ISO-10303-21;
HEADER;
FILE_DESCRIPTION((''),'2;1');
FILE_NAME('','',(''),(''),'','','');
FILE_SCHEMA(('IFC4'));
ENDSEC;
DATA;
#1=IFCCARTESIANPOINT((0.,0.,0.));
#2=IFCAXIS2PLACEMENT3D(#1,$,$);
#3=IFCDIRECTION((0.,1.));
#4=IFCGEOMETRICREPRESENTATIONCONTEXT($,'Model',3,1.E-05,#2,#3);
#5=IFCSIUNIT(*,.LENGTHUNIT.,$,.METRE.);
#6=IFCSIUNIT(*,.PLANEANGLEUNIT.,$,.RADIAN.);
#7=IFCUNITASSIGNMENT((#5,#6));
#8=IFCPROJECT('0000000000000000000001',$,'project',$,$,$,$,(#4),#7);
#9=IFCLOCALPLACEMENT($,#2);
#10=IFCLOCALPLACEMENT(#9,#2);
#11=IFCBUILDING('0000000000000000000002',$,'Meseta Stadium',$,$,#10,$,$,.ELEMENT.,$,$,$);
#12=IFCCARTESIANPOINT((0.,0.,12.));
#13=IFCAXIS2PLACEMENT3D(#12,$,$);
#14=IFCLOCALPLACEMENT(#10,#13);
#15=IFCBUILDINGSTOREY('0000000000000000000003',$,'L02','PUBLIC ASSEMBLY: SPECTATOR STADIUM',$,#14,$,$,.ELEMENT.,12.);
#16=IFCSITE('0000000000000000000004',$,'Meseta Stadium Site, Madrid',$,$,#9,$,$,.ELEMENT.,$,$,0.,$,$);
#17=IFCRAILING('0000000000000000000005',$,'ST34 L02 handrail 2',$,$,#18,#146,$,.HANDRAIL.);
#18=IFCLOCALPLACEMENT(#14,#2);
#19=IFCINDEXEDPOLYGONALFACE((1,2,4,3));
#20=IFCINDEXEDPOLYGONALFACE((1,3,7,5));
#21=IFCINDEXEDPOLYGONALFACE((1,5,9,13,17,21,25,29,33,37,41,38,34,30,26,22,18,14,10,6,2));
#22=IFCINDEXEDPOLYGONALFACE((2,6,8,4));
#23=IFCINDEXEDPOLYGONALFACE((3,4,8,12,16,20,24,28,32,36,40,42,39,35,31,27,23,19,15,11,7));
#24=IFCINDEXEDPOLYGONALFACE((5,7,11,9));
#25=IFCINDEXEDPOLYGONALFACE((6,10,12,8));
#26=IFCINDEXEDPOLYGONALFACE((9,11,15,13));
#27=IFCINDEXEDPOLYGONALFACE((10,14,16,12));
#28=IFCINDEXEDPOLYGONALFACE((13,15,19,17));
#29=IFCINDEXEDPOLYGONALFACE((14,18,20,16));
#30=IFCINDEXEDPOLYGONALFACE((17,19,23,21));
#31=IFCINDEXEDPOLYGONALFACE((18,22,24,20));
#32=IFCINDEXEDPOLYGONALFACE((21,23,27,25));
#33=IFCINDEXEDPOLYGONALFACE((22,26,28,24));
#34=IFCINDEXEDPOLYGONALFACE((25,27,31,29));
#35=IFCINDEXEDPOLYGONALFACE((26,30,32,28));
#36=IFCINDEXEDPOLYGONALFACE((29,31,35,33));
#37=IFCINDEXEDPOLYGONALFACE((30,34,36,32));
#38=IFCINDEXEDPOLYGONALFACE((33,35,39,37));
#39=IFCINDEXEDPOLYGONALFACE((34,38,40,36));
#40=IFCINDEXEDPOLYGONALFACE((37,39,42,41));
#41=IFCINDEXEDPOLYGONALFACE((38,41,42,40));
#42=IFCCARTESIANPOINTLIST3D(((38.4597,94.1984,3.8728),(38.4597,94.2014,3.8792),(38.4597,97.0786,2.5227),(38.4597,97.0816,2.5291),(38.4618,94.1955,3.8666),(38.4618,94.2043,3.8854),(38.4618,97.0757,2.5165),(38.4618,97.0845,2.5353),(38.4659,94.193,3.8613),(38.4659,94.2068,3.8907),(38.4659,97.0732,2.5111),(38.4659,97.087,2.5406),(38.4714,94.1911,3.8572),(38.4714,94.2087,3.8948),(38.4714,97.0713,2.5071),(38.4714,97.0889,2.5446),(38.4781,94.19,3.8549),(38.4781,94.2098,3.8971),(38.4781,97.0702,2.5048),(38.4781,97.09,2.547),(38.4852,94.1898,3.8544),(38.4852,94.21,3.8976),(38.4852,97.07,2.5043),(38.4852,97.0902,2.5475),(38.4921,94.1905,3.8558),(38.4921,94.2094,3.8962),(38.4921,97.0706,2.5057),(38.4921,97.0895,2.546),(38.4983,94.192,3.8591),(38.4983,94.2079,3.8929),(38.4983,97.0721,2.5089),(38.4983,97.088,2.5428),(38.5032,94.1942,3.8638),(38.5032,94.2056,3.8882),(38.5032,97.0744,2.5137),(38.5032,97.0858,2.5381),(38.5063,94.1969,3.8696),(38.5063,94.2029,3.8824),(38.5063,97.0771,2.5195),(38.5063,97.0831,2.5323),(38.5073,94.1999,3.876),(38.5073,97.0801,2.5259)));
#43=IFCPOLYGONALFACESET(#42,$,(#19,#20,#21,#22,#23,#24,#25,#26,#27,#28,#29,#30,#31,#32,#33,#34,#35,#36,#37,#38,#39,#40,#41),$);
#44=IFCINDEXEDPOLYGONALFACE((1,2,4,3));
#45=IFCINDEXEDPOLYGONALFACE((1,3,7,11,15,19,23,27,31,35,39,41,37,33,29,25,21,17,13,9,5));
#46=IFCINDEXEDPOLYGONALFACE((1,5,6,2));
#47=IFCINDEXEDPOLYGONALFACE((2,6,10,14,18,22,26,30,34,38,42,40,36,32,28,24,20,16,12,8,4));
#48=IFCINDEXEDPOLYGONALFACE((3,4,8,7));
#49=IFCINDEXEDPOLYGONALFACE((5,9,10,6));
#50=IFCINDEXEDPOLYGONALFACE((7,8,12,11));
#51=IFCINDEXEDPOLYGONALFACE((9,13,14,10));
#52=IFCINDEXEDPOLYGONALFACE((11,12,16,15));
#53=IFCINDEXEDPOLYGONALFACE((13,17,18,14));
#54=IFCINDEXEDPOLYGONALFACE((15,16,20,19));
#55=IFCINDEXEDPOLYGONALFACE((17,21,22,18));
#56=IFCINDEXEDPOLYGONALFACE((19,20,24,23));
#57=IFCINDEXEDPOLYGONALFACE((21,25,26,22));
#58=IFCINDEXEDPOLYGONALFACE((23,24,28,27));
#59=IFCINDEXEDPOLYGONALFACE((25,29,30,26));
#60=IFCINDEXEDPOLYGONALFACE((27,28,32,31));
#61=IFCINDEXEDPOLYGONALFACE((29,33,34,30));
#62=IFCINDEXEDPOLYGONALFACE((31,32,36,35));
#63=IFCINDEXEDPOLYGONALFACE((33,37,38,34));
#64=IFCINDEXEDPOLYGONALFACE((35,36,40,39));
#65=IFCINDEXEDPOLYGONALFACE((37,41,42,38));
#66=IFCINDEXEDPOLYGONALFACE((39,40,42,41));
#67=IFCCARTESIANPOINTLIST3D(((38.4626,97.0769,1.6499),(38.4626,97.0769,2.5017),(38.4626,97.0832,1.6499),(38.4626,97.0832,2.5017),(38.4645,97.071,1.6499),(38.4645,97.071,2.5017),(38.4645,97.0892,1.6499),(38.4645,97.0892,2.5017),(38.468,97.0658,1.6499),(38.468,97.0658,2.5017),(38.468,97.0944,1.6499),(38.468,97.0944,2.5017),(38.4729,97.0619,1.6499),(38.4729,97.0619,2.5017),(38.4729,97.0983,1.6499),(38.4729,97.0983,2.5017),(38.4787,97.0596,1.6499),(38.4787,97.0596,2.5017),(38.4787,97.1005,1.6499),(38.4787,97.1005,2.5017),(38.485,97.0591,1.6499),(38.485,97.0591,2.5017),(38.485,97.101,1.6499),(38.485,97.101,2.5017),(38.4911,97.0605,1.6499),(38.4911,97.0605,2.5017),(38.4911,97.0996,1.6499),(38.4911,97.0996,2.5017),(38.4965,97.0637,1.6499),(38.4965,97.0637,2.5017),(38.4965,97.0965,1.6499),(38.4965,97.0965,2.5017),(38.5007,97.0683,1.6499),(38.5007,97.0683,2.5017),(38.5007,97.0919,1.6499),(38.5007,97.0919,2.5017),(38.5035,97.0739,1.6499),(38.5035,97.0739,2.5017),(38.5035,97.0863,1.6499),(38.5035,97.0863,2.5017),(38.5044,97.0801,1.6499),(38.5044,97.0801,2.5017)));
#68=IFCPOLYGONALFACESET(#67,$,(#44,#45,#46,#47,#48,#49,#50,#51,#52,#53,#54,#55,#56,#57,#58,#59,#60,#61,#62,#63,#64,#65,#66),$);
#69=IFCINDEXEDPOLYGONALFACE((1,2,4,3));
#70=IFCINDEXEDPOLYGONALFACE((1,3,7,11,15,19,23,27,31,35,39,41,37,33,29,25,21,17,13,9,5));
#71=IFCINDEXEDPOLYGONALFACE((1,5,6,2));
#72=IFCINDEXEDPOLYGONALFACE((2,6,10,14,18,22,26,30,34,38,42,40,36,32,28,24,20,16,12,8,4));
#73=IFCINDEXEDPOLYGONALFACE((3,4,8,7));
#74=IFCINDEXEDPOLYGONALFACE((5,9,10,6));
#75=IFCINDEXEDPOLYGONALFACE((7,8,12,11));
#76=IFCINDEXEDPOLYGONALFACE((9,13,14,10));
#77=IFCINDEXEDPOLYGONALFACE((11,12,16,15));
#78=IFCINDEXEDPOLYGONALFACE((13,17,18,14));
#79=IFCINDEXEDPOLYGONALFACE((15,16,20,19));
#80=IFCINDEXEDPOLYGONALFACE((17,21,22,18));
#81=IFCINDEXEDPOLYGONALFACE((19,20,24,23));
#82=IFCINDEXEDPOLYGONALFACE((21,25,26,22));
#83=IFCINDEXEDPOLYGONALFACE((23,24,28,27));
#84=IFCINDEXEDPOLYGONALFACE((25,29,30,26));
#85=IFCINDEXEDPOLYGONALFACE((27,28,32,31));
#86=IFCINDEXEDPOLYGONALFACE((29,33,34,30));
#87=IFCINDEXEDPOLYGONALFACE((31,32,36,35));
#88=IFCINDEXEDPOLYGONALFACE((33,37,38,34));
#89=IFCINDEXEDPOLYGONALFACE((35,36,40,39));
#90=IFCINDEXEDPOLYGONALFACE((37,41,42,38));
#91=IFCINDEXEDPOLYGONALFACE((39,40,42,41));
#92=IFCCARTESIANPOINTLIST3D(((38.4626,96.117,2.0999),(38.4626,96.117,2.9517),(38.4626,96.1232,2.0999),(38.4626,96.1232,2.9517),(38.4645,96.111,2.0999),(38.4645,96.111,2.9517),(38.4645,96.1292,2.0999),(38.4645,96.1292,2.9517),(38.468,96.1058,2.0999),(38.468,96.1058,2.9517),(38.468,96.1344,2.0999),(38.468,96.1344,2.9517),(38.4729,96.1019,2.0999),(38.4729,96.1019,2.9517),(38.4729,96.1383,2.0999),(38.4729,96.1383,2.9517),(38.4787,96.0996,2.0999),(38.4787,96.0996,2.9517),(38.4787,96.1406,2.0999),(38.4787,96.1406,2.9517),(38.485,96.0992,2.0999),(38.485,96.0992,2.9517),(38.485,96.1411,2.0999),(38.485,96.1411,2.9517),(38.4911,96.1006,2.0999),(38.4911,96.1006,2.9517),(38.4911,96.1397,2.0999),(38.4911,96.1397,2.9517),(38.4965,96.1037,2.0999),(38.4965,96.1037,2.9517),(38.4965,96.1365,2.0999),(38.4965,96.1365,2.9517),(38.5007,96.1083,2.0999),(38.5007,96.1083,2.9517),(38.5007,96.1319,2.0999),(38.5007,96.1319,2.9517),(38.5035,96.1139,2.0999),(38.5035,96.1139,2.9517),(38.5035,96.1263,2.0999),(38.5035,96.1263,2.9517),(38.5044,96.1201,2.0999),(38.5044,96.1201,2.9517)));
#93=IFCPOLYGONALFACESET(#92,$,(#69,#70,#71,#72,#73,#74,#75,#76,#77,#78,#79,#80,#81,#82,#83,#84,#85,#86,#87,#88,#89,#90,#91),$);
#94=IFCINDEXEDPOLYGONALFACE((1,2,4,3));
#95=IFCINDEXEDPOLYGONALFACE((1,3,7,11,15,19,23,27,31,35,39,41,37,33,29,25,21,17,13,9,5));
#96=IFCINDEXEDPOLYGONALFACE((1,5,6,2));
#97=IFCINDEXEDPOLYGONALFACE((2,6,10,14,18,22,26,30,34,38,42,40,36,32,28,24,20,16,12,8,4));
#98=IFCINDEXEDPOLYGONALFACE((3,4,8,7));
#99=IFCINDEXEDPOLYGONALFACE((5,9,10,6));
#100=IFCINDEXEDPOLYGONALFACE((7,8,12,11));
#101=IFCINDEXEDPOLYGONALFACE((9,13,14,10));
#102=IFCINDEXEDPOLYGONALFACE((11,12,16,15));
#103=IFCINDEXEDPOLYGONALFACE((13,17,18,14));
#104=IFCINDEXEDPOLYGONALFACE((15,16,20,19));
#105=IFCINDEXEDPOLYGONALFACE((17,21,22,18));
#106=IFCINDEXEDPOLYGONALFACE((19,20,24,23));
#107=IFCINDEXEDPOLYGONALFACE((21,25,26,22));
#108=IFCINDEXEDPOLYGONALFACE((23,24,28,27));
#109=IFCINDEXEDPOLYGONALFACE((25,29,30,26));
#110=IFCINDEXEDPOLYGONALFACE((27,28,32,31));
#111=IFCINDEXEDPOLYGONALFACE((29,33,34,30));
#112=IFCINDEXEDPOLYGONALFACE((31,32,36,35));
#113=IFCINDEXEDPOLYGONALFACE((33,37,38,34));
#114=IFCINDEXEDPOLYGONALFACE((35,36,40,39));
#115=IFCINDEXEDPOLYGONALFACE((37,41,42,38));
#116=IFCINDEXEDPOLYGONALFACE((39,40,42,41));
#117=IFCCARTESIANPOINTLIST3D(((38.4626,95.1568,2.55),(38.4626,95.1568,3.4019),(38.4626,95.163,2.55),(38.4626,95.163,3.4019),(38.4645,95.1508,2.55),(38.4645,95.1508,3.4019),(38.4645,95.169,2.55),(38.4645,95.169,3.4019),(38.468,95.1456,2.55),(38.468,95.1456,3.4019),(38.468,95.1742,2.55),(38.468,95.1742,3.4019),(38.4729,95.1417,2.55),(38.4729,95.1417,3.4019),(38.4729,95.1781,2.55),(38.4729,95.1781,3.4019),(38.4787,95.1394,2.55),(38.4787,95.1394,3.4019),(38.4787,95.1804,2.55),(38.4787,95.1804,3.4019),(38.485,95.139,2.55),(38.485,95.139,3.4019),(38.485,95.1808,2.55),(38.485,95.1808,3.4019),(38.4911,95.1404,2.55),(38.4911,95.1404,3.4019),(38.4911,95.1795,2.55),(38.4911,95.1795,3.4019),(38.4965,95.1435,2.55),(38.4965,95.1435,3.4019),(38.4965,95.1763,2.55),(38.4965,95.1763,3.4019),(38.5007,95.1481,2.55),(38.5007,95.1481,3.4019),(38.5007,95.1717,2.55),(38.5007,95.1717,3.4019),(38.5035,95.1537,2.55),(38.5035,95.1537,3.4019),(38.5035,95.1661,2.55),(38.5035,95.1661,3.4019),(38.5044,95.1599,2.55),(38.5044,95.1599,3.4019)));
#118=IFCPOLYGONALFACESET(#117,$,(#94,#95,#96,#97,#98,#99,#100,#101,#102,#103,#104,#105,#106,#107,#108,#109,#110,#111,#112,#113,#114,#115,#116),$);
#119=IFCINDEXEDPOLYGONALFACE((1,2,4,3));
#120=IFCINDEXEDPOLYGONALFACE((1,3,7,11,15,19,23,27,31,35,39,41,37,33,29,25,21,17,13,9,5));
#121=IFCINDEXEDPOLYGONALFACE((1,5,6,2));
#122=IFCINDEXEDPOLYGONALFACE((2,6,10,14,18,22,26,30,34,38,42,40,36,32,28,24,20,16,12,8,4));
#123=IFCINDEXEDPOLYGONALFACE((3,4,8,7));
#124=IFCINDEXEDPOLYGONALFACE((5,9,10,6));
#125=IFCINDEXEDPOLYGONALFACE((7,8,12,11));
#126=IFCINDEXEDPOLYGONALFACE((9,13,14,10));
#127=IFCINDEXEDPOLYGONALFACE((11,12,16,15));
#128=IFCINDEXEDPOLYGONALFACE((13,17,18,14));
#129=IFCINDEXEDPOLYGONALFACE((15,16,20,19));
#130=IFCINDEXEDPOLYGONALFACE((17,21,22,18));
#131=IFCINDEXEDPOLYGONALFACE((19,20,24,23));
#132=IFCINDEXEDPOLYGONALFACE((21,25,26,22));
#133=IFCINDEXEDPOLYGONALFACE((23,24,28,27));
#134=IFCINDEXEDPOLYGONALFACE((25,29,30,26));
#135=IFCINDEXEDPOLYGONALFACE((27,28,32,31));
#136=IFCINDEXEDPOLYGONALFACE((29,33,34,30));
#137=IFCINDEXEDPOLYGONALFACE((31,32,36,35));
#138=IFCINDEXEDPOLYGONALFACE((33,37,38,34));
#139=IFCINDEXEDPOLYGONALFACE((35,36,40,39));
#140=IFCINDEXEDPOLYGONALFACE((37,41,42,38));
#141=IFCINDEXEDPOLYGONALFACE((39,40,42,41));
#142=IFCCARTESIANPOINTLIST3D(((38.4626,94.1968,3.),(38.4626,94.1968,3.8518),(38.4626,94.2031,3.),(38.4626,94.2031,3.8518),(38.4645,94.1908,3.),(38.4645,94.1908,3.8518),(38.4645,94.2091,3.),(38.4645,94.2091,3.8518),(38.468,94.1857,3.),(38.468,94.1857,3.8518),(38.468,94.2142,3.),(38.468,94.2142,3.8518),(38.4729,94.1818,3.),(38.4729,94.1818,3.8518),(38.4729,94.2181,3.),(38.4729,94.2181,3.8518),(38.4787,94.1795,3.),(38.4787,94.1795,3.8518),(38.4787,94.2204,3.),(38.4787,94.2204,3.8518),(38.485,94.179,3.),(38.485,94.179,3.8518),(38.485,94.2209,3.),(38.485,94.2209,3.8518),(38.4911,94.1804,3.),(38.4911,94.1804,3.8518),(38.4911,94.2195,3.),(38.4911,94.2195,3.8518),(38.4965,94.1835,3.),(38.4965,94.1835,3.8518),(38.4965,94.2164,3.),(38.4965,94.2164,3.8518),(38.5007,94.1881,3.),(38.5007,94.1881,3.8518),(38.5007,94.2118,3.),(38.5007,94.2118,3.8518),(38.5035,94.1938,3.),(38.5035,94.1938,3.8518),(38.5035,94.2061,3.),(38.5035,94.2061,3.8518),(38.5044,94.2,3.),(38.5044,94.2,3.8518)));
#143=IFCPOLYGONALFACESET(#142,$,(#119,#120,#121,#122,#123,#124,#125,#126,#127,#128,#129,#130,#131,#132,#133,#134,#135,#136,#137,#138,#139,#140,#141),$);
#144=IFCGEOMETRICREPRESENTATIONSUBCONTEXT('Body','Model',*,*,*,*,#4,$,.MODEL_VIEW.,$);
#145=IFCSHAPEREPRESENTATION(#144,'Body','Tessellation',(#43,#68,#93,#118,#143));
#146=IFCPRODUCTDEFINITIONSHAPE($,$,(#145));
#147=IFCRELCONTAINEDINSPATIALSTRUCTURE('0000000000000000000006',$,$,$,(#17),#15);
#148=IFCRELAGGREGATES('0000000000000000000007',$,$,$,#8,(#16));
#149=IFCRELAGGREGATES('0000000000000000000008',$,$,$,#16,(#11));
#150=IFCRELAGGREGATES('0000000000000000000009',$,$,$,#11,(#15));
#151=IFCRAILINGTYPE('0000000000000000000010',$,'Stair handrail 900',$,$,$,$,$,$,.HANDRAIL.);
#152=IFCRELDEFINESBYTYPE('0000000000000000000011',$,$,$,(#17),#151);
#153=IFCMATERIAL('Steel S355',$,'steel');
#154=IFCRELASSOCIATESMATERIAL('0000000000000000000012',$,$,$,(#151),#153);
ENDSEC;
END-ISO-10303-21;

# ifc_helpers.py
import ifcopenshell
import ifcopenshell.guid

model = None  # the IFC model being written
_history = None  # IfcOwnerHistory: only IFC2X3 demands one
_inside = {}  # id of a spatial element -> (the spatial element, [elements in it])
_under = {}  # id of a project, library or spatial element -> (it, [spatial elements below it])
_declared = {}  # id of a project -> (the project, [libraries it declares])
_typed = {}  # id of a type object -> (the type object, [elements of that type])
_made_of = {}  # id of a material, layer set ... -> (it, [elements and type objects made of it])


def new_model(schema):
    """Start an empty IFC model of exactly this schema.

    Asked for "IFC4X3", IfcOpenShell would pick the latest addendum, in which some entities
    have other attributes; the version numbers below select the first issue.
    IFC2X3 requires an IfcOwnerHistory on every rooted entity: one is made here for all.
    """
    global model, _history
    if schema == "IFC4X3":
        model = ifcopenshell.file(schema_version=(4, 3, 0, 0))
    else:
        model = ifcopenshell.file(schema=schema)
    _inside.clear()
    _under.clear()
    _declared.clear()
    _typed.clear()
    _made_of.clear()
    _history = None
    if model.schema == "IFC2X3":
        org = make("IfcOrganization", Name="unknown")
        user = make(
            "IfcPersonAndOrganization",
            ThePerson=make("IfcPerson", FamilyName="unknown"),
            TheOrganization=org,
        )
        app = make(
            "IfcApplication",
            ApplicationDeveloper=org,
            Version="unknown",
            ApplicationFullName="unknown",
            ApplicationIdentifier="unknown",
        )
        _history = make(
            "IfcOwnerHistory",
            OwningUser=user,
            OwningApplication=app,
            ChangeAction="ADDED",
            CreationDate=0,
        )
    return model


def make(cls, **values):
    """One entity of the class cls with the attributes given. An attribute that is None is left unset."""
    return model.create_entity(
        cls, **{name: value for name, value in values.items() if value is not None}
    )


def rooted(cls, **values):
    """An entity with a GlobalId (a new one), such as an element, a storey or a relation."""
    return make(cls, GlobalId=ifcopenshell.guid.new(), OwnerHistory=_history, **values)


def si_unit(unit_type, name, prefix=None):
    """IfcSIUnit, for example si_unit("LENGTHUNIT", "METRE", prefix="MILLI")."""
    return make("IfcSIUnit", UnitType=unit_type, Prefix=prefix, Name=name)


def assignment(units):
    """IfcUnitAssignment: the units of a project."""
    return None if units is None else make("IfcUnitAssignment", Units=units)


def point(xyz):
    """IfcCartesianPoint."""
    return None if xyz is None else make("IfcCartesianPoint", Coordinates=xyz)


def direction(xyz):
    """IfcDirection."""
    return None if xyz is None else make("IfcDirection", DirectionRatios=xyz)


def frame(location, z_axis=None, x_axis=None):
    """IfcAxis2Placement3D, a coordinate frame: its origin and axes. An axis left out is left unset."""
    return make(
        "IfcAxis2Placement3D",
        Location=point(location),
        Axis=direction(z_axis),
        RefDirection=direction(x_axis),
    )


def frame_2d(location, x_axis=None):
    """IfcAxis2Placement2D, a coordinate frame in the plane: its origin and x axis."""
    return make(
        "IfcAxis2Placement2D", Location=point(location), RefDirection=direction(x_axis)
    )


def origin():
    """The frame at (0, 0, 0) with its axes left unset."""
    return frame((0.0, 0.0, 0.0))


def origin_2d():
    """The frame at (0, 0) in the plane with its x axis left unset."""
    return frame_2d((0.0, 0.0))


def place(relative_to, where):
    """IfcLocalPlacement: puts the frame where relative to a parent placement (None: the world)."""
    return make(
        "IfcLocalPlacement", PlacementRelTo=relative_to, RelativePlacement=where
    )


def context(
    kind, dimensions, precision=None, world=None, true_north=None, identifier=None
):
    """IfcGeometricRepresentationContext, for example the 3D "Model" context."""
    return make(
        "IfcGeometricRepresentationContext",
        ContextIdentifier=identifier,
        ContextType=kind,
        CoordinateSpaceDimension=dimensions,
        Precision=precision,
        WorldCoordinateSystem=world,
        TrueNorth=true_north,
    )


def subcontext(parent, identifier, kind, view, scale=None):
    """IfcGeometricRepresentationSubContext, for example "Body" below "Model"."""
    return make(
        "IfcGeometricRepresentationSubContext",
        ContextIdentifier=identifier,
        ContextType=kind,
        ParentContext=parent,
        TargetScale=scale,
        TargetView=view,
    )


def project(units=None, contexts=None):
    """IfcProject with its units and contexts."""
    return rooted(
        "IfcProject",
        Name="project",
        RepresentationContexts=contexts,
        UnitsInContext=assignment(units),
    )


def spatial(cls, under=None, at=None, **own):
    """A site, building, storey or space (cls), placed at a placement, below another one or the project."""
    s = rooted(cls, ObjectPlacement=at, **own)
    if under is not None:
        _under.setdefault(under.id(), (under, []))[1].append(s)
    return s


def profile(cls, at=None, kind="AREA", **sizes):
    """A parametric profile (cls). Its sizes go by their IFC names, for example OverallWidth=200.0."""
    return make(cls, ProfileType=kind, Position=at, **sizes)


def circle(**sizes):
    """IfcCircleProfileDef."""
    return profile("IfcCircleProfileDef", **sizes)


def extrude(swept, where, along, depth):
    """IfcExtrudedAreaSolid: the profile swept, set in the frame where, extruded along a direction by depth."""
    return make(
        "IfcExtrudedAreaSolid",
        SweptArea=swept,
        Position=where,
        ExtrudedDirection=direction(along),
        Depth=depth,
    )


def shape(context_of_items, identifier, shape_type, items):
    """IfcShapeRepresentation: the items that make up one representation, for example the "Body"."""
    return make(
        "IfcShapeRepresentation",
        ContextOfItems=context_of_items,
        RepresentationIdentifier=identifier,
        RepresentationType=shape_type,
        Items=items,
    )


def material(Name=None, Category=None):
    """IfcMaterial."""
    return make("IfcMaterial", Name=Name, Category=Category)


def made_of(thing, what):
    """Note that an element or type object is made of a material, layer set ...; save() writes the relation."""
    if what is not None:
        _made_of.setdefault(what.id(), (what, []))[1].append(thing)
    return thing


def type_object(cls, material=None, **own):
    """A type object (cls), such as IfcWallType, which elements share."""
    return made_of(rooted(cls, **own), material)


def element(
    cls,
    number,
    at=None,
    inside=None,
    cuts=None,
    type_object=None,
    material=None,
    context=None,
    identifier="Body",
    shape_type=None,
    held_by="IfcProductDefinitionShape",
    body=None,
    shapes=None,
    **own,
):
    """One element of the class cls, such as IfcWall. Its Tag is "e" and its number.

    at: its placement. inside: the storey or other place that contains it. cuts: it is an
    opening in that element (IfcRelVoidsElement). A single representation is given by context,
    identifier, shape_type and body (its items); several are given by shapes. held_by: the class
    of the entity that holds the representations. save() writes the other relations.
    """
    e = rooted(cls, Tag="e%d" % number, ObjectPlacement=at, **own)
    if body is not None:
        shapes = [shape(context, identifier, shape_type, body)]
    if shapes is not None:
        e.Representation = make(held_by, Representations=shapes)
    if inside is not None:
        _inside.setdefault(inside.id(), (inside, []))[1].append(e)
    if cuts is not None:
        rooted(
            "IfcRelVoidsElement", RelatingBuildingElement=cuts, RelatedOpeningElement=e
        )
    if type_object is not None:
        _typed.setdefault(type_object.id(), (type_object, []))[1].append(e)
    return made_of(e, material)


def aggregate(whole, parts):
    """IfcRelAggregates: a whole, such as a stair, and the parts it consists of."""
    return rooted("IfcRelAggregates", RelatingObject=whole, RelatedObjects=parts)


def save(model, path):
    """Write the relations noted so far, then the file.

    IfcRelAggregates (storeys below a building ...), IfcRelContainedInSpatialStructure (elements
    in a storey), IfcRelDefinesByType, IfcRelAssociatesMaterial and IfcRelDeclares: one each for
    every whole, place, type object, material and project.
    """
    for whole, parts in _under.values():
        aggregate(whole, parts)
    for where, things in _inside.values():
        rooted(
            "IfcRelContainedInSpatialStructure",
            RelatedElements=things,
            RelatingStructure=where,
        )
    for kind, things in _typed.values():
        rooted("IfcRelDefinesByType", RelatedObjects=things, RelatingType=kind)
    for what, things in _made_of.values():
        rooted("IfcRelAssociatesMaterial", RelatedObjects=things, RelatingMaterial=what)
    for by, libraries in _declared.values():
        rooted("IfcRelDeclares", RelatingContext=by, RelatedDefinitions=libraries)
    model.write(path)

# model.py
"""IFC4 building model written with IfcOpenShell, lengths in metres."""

from ifc_helpers import new_model, si_unit, direction, frame, origin, origin_2d, place, context, subcontext, project, spatial, circle, extrude, material, type_object, element, save


model = new_model("IFC4")

# Units and contexts
model_context = context("Model", 3, precision=1e-05, world=origin(), true_north=direction((0.0, 1.0)))
body_context = subcontext(model_context, "Body", "Model", "MODEL_VIEW")
ifc_project = project(units=[si_unit("LENGTHUNIT", "METRE"), si_unit("PLANEANGLEUNIT", "RADIAN")], contexts=[model_context])

# Site, building, storey
site_placement = place(None, origin())
site = spatial("IfcSite", under=ifc_project, at=site_placement, Name="Meseta Stadium Site, Madrid", CompositionType="ELEMENT", RefElevation=0.0)
building_placement = place(site_placement, origin())
building = spatial("IfcBuilding", under=site, at=building_placement, Name="Meseta Stadium", CompositionType="ELEMENT")
storey_placement = place(building_placement, frame((0.0, 0.0, 12.0)))
storey = spatial("IfcBuildingStorey", under=building, at=storey_placement, Name="L02", Description="PUBLIC ASSEMBLY: SPECTATOR STADIUM", CompositionType="ELEMENT", Elevation=12.0)

# Railing
ifc_material_1 = material(Name="Steel S355", Category="steel")
railing_type_1 = type_object("IfcRailingType", Name="Stair handrail 900", PredefinedType="HANDRAIL", material=ifc_material_1)
railing_1_placement = place(storey_placement, frame((38.4834, 97.0801, 1.6499)))
element("IfcRailing", 1, at=railing_1_placement, inside=storey, type_object=railing_type_1, Name="ST34 L02 handrail 2", PredefinedType="HANDRAIL", context=body_context, shape_type="SweptSolid", body=[
    extrude(circle(Radius=0.0239, at=origin_2d()), frame((0.0, 0.0, 0.876), z_axis=(0.0, -0.905454, 0.424444), x_axis=(1.0, 0.0, 0.0)), (0.0, 0.0, 1.0), 3.1809),
    extrude(circle(Radius=0.021, at=origin_2d()), origin(), (0.0, 0.0, 1.0), 0.8518),
    extrude(circle(Radius=0.021, at=origin_2d()), frame((0.0, -0.96, 0.45)), (0.0, 0.0, 1.0), 0.8518),
    extrude(circle(Radius=0.021, at=origin_2d()), frame((0.0, -1.9202, 0.9001)), (0.0, 0.0, 1.0), 0.8518),
    extrude(circle(Radius=0.021, at=origin_2d()), frame((0.0, -2.8801, 1.3501)), (0.0, 0.0, 1.0), 0.8518),
])

save(model, "model.ifc")
